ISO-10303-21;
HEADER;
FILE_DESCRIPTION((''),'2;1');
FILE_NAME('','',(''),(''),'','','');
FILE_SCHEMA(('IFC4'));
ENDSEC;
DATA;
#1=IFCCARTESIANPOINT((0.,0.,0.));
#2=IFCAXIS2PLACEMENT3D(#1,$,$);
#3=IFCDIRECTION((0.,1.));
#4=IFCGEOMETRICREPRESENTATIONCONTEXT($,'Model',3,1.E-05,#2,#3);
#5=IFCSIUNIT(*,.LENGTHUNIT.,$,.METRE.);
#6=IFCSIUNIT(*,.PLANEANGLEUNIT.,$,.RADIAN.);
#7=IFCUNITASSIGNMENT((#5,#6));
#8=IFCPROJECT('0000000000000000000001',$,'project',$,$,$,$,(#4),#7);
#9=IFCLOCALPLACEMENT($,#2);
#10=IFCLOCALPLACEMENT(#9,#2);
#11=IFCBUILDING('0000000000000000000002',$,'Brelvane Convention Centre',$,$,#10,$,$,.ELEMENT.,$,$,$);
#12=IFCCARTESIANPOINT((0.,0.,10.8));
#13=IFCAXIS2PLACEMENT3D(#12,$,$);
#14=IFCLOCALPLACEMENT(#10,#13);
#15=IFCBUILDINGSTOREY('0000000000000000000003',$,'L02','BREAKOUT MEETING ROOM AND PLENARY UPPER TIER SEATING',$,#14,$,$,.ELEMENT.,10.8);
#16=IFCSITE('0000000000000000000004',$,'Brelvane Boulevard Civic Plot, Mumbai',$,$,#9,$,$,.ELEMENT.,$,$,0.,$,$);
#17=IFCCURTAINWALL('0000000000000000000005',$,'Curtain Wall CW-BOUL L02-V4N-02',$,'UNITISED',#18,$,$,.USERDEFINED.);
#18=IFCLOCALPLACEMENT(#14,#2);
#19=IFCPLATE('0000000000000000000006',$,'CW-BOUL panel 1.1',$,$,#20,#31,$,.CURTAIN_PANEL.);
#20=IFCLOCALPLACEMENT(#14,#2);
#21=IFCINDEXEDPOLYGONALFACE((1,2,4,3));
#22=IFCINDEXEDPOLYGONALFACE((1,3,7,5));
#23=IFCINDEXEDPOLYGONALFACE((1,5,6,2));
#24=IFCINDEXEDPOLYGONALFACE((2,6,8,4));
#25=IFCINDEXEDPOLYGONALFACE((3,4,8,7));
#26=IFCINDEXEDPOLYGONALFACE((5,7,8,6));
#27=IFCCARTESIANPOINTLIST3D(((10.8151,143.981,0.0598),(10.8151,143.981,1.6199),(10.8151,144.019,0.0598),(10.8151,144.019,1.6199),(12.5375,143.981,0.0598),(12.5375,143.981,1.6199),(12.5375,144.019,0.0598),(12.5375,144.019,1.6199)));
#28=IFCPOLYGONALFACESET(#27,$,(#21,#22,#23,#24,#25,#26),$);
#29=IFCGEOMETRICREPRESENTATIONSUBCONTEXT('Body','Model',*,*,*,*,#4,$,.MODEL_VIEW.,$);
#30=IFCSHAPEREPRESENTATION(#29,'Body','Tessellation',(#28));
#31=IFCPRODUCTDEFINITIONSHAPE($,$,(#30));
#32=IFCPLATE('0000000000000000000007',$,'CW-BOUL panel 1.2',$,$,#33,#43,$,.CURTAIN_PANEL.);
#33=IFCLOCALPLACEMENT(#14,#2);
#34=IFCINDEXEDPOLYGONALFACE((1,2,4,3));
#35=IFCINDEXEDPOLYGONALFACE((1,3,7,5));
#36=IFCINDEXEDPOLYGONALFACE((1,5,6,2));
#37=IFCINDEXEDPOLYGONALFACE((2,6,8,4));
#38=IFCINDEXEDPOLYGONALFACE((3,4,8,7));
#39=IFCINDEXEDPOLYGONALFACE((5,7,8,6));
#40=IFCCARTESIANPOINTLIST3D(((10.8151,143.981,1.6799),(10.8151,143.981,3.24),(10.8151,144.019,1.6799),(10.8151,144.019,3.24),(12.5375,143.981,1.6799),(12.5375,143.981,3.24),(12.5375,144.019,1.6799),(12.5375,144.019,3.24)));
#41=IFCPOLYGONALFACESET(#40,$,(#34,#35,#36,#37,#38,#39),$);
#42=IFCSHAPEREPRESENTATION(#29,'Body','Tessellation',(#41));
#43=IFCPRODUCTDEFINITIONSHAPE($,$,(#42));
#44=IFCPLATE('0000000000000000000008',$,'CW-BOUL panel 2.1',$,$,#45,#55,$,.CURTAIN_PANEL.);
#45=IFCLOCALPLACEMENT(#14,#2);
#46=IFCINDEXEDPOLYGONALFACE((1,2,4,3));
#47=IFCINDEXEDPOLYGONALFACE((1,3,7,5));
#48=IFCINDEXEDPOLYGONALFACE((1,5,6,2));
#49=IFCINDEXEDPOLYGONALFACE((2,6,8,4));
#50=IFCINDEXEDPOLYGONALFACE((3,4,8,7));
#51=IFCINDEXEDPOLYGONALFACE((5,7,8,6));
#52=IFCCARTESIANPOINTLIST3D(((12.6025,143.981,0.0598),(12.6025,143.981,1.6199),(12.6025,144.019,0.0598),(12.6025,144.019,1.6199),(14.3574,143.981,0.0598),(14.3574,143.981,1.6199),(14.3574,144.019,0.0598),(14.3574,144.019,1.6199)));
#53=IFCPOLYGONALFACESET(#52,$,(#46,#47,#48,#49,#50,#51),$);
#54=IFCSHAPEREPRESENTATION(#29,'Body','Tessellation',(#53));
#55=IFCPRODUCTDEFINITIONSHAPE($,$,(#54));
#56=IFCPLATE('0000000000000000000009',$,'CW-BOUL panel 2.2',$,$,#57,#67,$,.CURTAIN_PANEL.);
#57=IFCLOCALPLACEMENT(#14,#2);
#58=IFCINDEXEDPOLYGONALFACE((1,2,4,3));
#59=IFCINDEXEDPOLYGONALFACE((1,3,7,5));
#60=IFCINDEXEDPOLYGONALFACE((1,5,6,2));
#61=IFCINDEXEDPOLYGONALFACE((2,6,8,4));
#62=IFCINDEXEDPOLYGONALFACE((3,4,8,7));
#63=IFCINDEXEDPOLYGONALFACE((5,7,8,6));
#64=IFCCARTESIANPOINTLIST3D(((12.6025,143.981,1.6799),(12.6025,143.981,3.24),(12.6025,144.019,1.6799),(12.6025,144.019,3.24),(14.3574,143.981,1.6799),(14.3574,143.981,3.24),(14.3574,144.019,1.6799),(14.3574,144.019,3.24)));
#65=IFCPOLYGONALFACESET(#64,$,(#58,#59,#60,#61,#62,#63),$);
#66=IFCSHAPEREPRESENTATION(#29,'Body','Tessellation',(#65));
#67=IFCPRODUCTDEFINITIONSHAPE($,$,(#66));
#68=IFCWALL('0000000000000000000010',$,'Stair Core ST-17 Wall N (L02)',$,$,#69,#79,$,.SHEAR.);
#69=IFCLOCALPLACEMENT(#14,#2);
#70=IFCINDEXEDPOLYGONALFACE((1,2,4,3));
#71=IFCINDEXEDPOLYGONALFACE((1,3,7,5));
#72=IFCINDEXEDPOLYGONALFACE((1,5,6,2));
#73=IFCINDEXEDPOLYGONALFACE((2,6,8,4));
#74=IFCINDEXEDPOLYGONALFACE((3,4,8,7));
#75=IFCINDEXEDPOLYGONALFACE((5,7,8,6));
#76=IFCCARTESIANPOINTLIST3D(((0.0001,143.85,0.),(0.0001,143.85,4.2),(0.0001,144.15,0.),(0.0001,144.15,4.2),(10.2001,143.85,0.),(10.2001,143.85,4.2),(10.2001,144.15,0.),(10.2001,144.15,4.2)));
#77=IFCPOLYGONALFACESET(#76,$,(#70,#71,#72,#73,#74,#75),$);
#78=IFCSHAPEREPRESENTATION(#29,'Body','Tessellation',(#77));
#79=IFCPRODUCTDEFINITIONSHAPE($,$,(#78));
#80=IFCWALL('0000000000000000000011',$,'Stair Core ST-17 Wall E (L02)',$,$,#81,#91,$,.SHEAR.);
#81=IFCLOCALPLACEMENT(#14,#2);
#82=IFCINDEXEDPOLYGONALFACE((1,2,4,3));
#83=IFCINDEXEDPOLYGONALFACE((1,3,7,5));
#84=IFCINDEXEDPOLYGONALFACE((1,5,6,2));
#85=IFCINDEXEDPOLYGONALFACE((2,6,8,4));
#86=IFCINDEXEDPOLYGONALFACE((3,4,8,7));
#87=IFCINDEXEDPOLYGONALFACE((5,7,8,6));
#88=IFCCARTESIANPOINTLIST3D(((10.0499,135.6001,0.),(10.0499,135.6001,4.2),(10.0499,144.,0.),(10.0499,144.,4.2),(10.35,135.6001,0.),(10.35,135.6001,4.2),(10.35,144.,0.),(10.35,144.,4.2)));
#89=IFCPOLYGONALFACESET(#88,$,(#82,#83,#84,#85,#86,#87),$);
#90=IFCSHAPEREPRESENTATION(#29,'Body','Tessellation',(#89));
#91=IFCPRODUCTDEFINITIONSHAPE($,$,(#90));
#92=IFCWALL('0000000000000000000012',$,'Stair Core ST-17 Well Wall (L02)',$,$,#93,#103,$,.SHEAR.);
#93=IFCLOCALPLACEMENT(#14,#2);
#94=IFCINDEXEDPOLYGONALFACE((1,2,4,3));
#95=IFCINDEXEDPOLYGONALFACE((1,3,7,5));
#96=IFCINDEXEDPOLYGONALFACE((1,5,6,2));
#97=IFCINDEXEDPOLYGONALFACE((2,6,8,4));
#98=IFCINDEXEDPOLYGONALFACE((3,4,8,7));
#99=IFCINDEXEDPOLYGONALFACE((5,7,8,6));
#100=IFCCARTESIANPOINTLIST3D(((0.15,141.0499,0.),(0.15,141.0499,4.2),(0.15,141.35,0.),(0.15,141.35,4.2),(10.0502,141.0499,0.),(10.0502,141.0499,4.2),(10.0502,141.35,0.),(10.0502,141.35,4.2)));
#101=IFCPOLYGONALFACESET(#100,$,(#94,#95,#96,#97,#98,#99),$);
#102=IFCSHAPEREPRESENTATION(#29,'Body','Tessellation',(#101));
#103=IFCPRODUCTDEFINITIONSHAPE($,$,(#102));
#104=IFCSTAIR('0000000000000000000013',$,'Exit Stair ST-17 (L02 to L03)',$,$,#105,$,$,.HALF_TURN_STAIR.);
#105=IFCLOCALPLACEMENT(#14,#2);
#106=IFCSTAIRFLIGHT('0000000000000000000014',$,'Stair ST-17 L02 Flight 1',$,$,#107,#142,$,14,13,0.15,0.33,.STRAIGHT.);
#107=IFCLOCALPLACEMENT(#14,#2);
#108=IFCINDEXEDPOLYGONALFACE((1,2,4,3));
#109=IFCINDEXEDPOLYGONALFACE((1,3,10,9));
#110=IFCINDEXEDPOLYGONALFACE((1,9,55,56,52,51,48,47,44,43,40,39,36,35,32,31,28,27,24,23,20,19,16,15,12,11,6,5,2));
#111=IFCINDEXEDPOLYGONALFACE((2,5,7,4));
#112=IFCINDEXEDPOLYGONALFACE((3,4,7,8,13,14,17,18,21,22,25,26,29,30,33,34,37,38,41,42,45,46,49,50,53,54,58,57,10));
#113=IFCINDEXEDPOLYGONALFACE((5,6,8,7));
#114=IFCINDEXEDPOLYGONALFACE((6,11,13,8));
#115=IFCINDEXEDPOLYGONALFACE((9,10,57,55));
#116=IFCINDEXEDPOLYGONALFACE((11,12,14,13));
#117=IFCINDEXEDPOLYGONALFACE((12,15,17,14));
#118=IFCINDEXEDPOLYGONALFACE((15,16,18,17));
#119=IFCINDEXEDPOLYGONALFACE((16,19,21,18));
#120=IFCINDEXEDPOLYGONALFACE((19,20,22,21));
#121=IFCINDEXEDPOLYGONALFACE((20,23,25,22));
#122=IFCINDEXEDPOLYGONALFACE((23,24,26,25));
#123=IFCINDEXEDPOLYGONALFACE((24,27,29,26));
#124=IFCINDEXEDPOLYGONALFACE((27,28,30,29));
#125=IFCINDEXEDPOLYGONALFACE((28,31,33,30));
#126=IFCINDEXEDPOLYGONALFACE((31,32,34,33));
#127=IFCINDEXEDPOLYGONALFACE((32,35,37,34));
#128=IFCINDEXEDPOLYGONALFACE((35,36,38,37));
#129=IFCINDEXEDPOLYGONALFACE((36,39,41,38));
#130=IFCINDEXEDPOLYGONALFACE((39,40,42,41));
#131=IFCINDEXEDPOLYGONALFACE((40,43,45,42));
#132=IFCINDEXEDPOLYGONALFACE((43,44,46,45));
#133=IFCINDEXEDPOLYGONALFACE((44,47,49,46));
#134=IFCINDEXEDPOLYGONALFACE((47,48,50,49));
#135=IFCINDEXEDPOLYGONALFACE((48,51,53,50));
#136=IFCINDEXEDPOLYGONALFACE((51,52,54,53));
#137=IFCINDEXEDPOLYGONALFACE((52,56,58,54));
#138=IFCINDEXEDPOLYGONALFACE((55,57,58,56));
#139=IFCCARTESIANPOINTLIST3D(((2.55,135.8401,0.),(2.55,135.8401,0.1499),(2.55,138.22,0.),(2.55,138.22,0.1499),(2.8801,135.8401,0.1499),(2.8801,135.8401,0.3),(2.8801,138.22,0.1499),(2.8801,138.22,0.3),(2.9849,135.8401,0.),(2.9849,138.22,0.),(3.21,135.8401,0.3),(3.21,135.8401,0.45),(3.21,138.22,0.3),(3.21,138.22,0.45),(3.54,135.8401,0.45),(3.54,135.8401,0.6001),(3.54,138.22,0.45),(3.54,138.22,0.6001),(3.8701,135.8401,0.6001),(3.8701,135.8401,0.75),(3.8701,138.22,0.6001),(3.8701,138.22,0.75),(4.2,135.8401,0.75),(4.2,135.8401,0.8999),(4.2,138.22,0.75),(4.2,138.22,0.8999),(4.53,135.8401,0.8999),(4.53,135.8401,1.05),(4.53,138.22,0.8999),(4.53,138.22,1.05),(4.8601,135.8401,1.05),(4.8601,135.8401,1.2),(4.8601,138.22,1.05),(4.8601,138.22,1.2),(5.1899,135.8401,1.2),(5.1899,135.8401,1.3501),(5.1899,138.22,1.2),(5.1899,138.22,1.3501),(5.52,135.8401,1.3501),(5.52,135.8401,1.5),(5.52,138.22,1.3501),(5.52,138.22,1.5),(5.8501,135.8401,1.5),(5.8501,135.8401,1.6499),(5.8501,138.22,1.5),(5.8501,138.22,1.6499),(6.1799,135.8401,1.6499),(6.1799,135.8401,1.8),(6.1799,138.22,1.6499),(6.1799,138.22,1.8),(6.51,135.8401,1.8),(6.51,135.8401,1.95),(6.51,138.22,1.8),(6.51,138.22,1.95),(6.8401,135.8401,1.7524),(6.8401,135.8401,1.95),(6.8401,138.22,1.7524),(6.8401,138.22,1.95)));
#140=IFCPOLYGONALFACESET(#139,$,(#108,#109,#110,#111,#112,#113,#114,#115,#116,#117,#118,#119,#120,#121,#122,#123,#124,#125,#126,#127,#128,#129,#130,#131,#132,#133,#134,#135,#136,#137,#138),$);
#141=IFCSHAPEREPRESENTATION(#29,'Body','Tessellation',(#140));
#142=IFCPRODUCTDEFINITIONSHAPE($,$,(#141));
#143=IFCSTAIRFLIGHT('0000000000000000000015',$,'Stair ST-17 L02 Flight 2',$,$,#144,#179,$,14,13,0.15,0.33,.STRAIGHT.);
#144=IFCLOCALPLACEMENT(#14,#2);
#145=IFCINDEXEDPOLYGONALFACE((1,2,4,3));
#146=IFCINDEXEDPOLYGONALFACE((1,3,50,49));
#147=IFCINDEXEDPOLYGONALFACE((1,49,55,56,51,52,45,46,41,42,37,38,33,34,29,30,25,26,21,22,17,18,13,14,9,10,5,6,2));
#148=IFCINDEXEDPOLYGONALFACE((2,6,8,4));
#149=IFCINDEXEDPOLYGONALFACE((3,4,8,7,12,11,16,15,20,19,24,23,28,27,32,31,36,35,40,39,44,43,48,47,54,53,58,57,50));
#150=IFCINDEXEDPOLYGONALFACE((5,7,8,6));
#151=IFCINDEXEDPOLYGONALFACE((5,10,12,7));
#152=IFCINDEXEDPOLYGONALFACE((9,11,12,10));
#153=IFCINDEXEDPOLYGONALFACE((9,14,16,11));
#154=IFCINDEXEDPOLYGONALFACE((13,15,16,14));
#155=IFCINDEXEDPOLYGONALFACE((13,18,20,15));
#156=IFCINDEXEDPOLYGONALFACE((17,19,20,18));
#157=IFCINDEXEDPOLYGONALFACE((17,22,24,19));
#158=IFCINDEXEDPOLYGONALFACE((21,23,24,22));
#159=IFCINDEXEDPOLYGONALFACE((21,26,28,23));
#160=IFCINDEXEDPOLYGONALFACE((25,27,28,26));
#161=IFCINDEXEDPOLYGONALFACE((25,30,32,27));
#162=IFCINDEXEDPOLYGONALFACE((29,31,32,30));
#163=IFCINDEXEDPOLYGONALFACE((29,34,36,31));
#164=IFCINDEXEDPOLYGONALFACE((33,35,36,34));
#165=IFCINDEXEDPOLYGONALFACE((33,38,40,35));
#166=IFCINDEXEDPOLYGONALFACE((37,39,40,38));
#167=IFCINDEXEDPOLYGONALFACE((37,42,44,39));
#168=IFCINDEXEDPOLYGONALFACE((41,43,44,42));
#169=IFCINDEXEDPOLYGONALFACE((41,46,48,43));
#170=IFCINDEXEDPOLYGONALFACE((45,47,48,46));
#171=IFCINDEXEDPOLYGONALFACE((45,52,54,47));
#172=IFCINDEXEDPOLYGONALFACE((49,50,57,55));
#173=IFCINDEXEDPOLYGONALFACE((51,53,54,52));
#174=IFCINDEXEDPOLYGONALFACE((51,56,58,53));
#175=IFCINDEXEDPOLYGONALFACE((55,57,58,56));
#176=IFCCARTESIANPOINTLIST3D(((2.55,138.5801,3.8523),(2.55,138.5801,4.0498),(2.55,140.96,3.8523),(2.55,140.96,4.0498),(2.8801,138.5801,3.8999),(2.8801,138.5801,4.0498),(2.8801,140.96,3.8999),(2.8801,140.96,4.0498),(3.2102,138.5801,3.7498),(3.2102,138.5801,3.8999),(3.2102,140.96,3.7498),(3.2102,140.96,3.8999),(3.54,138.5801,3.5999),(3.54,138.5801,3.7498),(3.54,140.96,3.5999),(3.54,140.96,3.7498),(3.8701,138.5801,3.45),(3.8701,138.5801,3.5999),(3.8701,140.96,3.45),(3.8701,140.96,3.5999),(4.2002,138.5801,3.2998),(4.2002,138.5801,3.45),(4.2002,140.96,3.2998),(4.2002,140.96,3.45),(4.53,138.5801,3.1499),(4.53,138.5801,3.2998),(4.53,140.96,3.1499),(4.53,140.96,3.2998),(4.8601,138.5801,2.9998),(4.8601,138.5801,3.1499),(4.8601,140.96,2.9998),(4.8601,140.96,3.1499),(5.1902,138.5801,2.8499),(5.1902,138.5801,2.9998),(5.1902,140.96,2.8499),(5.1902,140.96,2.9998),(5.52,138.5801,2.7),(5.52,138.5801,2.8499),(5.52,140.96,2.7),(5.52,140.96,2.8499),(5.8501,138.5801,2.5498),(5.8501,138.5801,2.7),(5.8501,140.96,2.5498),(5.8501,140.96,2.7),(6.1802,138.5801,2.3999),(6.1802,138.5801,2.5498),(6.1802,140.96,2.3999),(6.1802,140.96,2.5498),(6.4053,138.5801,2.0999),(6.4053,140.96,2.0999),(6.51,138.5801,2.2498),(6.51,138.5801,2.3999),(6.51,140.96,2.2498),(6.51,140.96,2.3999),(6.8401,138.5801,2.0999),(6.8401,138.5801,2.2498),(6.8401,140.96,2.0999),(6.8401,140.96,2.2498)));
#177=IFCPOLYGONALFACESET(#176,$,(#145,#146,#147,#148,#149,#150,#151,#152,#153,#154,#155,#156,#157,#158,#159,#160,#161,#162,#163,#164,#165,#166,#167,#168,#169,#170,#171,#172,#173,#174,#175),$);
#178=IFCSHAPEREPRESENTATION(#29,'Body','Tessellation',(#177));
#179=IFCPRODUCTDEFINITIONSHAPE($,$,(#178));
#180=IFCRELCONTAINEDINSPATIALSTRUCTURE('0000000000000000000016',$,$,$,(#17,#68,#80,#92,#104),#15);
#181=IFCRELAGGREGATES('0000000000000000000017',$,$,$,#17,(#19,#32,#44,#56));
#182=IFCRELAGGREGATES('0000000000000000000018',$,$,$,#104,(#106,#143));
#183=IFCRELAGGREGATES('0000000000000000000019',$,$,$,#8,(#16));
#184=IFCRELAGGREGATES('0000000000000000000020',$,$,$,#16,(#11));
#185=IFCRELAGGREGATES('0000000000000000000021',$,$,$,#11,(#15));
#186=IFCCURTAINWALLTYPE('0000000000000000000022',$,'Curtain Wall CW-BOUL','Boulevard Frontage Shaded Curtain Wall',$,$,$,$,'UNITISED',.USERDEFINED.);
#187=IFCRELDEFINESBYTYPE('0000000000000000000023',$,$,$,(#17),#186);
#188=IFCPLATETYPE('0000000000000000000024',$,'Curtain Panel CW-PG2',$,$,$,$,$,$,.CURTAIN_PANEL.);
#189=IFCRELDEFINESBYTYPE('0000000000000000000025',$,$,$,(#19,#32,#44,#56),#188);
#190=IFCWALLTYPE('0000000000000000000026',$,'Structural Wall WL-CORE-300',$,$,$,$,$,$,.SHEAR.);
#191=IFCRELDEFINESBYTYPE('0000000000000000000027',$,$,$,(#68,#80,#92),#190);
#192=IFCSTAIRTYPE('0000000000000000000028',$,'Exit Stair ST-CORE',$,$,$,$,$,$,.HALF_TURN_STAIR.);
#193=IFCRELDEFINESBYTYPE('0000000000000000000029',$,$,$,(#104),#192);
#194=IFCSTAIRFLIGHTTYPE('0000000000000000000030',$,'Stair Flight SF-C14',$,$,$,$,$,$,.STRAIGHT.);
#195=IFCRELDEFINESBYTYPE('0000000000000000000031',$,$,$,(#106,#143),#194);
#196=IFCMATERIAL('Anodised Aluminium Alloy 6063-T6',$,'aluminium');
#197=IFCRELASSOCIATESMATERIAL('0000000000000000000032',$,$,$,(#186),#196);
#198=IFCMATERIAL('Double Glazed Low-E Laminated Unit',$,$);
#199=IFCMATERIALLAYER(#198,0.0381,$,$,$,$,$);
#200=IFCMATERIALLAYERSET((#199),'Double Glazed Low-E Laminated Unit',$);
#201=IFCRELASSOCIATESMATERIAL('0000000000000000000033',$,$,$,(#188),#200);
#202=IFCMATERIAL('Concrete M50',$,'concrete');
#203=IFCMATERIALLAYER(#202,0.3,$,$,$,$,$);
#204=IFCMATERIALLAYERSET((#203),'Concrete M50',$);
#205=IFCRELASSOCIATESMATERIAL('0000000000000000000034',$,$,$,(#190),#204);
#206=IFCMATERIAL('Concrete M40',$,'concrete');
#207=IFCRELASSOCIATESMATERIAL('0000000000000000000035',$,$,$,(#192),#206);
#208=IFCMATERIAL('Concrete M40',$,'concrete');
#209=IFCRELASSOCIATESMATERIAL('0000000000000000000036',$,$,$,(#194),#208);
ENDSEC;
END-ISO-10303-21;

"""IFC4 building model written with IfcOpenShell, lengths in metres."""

from ifc_helpers import new_model, si_unit, direction, frame, frame_2d, origin, origin_2d, place, context, subcontext, project, spatial, polyline, rectangle, outline, extrude, material, layer, layer_set, type_object, element, aggregate, save


model = new_model("IFC4")

# Units and contexts
model_context = context("Model", 3, precision=1e-05, world=origin(), true_north=direction((0.0, 1.0)))
body_context = subcontext(model_context, "Body", "Model", "MODEL_VIEW")
ifc_project = project(units=[si_unit("LENGTHUNIT", "METRE"), si_unit("PLANEANGLEUNIT", "RADIAN")], contexts=[model_context])

# Site, building, storey
site_placement = place(None, origin())
site = spatial("IfcSite", under=ifc_project, at=site_placement, Name="Brelvane Boulevard Civic Plot, Mumbai", CompositionType="ELEMENT", RefElevation=0.0)
building_placement = place(site_placement, origin())
building = spatial("IfcBuilding", under=site, at=building_placement, Name="Brelvane Convention Centre", CompositionType="ELEMENT")
storey_placement = place(building_placement, frame((0.0, 0.0, 10.8)))
storey = spatial("IfcBuildingStorey", under=building, at=storey_placement, Name="L02", Description="BREAKOUT MEETING ROOM AND PLENARY UPPER TIER SEATING", CompositionType="ELEMENT", Elevation=10.8)

# Curtain wall
ifc_material_1 = material(Name="Anodised Aluminium Alloy 6063-T6", Category="aluminium")
curtain_wall_type = type_object("IfcCurtainWallType", Name="Curtain Wall CW-BOUL", Description="Boulevard Frontage Shaded Curtain Wall", ElementType="UNITISED", PredefinedType="USERDEFINED", material=ifc_material_1)
curtain_wall_placement = place(storey_placement, origin())
curtain_wall = element("IfcCurtainWall", 1, at=curtain_wall_placement, inside=storey, type_object=curtain_wall_type, Name="Curtain Wall CW-BOUL L02-V4N-02", ObjectType="UNITISED", PredefinedType="USERDEFINED")

# Plates
ifc_material_2 = material(Name="Double Glazed Low-E Laminated Unit")
ifc_layer_1 = layer(ifc_material_2, 0.0381)
ifc_layer_set_1 = layer_set([ifc_layer_1], Name="Double Glazed Low-E Laminated Unit")
plate_type = type_object("IfcPlateType", Name="Curtain Panel CW-PG2", PredefinedType="CURTAIN_PANEL", material=ifc_layer_set_1)
plate_1_placement = place(storey_placement, frame((11.6763, 144.0, 0.0598), z_axis=(0.0, 0.0, 1.0), x_axis=(1.0, 0.0, 0.0)))
plate_1 = element("IfcPlate", 2, at=plate_1_placement, type_object=plate_type, Name="CW-BOUL panel 1.1", PredefinedType="CURTAIN_PANEL", context=body_context, shape_type="SweptSolid", body=[
    extrude(rectangle(XDim=1.7224, YDim=0.0381, at=origin_2d()), origin(), (0.0, 0.0, 1.0), 1.5601),
])
plate_2_placement = place(storey_placement, frame((11.6763, 144.0, 1.6799), z_axis=(0.0, 0.0, 1.0), x_axis=(1.0, 0.0, 0.0)))
plate_2 = element("IfcPlate", 3, at=plate_2_placement, type_object=plate_type, Name="CW-BOUL panel 1.2", PredefinedType="CURTAIN_PANEL", context=body_context, shape_type="SweptSolid", body=[
    extrude(rectangle(XDim=1.7224, YDim=0.0381, at=origin_2d()), origin(), (0.0, 0.0, 1.0), 1.5601),
])
plate_3_placement = place(storey_placement, frame((13.48, 144.0, 0.0598), z_axis=(0.0, 0.0, 1.0), x_axis=(1.0, 0.0, 0.0)))
plate_3 = element("IfcPlate", 4, at=plate_3_placement, type_object=plate_type, Name="CW-BOUL panel 2.1", PredefinedType="CURTAIN_PANEL", context=body_context, shape_type="SweptSolid", body=[
    extrude(rectangle(XDim=1.7549, YDim=0.0381, at=origin_2d()), origin(), (0.0, 0.0, 1.0), 1.5601),
])
plate_4_placement = place(storey_placement, frame((13.48, 144.0, 1.6799), z_axis=(0.0, 0.0, 1.0), x_axis=(1.0, 0.0, 0.0)))
plate_4 = element("IfcPlate", 5, at=plate_4_placement, type_object=plate_type, Name="CW-BOUL panel 2.2", PredefinedType="CURTAIN_PANEL", context=body_context, shape_type="SweptSolid", body=[
    extrude(rectangle(XDim=1.7549, YDim=0.0381, at=origin_2d()), origin(), (0.0, 0.0, 1.0), 1.5601),
])
aggregate(curtain_wall, [plate_1, plate_2, plate_3, plate_4])

# Walls
ifc_material_3 = material(Name="Concrete M50", Category="concrete")
ifc_layer_2 = layer(ifc_material_3, 0.3)
ifc_layer_set_2 = layer_set([ifc_layer_2], Name="Concrete M50")
wall_type = type_object("IfcWallType", Name="Structural Wall WL-CORE-300", PredefinedType="SHEAR", material=ifc_layer_set_2)
wall_1_placement = place(storey_placement, frame((0.0, 144.0, 0.0), z_axis=(0.0, 0.0, 1.0), x_axis=(1.0, 0.0, 0.0)))
element("IfcWall", 6, at=wall_1_placement, inside=storey, type_object=wall_type, Name="Stair Core ST-17 Wall N (L02)", PredefinedType="SHEAR", context=body_context, shape_type="SweptSolid", body=[
    extrude(rectangle(XDim=10.2, YDim=0.3, at=frame_2d((5.1001, 0.0))), origin(), (0.0, 0.0, 1.0), 4.2),
])
wall_2_placement = place(storey_placement, frame((10.2, 135.6001, 0.0), z_axis=(0.0, 0.0, 1.0), x_axis=(0.0, 1.0, 0.0)))
element("IfcWall", 7, at=wall_2_placement, inside=storey, type_object=wall_type, Name="Stair Core ST-17 Wall E (L02)", PredefinedType="SHEAR", context=body_context, shape_type="SweptSolid", body=[
    extrude(rectangle(XDim=8.3999, YDim=0.3, at=frame_2d((4.2, 0.0))), origin(), (0.0, 0.0, 1.0), 4.2),
])
wall_3_placement = place(storey_placement, frame((0.1499, 141.2, 0.0), z_axis=(0.0, 0.0, 1.0), x_axis=(1.0, 0.0, 0.0)))
element("IfcWall", 8, at=wall_3_placement, inside=storey, type_object=wall_type, Name="Stair Core ST-17 Well Wall (L02)", PredefinedType="SHEAR", context=body_context, shape_type="SweptSolid", body=[
    extrude(rectangle(XDim=9.9001, YDim=0.3, at=frame_2d((4.9502, 0.0))), origin(), (0.0, 0.0, 1.0), 4.2),
])

# Stair, stair flights
ifc_material_4 = material(Name="Concrete M40", Category="concrete")
stair_type = type_object("IfcStairType", Name="Exit Stair ST-CORE", PredefinedType="HALF_TURN_STAIR", material=ifc_material_4)
stair_placement = place(storey_placement, origin())
stair = element("IfcStair", 9, at=stair_placement, inside=storey, type_object=stair_type, Name="Exit Stair ST-17 (L02 to L03)", PredefinedType="HALF_TURN_STAIR")
ifc_material_5 = material(Name="Concrete M40", Category="concrete")
stair_flight_type = type_object("IfcStairFlightType", Name="Stair Flight SF-C14", PredefinedType="STRAIGHT", material=ifc_material_5)
stair_flight_1_placement = place(storey_placement, frame((2.55, 137.03, 0.0), z_axis=(0.0, 0.0, 1.0), x_axis=(1.0, 0.0, 0.0)))
stair_flight_1 = element("IfcStairFlight", 10, at=stair_flight_1_placement, type_object=stair_flight_type, Name="Stair ST-17 L02 Flight 1", NumberOfRisers=14, NumberOfTreads=13, PredefinedType="STRAIGHT", RiserHeight=0.15, TreadLength=0.33, context=body_context, shape_type="SweptSolid", body=[
    extrude(outline(polyline([(0.0, 0.0), (0.0, 0.1499), (0.3301, 0.1499), (0.3301, 0.3), (0.6599, 0.3), (0.6599, 0.45), (0.99, 0.45), (0.99, 0.6001), (1.3201, 0.6001), (1.3201, 0.75), (1.6499, 0.75), (1.6499, 0.8999), (1.98, 0.8999), (1.98, 1.05), (2.3101, 1.05), (2.3101, 1.2), (2.6399, 1.2), (2.6399, 1.3501), (2.97, 1.3501), (2.97, 1.5), (3.3, 1.5), (3.3, 1.6499), (3.6299, 1.6499), (3.6299, 1.8), (3.96, 1.8), (3.96, 1.95), (4.29, 1.95), (4.29, 2.1001), (4.29, 1.7524), (0.4348, 0.0), (0.0, 0.0)])), frame((0.0, 1.1899, 0.0), z_axis=(0.0, -1.0, 0.0), x_axis=(1.0, 0.0, 0.0)), (0.0, 0.0, 1.0), 2.3799),
])
stair_flight_2_placement = place(storey_placement, frame((6.8401, 139.77, 2.0999), z_axis=(0.0, 0.0, 1.0), x_axis=(-1.0, 0.0, 0.0)))
stair_flight_2 = element("IfcStairFlight", 11, at=stair_flight_2_placement, type_object=stair_flight_type, Name="Stair ST-17 L02 Flight 2", NumberOfRisers=14, NumberOfTreads=13, PredefinedType="STRAIGHT", RiserHeight=0.15, TreadLength=0.33, context=body_context, shape_type="SweptSolid", body=[
    extrude(outline(polyline([(0.0, 0.0), (0.0, 0.1499), (0.3301, 0.1499), (0.3301, 0.3), (0.6599, 0.3), (0.6599, 0.45), (0.99, 0.45), (0.99, 0.6001), (1.3201, 0.6001), (1.3201, 0.75), (1.6499, 0.75), (1.6499, 0.8999), (1.98, 0.8999), (1.98, 1.05), (2.3101, 1.05), (2.3101, 1.2), (2.6399, 1.2), (2.6399, 1.3501), (2.97, 1.3501), (2.97, 1.5), (3.3, 1.5), (3.3, 1.6499), (3.6299, 1.6499), (3.6299, 1.8), (3.96, 1.8), (3.96, 1.95), (4.29, 1.95), (4.29, 2.1001), (4.29, 1.7524), (0.4348, 0.0), (0.0, 0.0)])), frame((0.0, 1.1899, 0.0), z_axis=(0.0, -1.0, 0.0), x_axis=(1.0, 0.0, 0.0)), (0.0, 0.0, 1.0), 2.3799),
])
aggregate(stair, [stair_flight_1, stair_flight_2])

save(model, "model.ifc")
